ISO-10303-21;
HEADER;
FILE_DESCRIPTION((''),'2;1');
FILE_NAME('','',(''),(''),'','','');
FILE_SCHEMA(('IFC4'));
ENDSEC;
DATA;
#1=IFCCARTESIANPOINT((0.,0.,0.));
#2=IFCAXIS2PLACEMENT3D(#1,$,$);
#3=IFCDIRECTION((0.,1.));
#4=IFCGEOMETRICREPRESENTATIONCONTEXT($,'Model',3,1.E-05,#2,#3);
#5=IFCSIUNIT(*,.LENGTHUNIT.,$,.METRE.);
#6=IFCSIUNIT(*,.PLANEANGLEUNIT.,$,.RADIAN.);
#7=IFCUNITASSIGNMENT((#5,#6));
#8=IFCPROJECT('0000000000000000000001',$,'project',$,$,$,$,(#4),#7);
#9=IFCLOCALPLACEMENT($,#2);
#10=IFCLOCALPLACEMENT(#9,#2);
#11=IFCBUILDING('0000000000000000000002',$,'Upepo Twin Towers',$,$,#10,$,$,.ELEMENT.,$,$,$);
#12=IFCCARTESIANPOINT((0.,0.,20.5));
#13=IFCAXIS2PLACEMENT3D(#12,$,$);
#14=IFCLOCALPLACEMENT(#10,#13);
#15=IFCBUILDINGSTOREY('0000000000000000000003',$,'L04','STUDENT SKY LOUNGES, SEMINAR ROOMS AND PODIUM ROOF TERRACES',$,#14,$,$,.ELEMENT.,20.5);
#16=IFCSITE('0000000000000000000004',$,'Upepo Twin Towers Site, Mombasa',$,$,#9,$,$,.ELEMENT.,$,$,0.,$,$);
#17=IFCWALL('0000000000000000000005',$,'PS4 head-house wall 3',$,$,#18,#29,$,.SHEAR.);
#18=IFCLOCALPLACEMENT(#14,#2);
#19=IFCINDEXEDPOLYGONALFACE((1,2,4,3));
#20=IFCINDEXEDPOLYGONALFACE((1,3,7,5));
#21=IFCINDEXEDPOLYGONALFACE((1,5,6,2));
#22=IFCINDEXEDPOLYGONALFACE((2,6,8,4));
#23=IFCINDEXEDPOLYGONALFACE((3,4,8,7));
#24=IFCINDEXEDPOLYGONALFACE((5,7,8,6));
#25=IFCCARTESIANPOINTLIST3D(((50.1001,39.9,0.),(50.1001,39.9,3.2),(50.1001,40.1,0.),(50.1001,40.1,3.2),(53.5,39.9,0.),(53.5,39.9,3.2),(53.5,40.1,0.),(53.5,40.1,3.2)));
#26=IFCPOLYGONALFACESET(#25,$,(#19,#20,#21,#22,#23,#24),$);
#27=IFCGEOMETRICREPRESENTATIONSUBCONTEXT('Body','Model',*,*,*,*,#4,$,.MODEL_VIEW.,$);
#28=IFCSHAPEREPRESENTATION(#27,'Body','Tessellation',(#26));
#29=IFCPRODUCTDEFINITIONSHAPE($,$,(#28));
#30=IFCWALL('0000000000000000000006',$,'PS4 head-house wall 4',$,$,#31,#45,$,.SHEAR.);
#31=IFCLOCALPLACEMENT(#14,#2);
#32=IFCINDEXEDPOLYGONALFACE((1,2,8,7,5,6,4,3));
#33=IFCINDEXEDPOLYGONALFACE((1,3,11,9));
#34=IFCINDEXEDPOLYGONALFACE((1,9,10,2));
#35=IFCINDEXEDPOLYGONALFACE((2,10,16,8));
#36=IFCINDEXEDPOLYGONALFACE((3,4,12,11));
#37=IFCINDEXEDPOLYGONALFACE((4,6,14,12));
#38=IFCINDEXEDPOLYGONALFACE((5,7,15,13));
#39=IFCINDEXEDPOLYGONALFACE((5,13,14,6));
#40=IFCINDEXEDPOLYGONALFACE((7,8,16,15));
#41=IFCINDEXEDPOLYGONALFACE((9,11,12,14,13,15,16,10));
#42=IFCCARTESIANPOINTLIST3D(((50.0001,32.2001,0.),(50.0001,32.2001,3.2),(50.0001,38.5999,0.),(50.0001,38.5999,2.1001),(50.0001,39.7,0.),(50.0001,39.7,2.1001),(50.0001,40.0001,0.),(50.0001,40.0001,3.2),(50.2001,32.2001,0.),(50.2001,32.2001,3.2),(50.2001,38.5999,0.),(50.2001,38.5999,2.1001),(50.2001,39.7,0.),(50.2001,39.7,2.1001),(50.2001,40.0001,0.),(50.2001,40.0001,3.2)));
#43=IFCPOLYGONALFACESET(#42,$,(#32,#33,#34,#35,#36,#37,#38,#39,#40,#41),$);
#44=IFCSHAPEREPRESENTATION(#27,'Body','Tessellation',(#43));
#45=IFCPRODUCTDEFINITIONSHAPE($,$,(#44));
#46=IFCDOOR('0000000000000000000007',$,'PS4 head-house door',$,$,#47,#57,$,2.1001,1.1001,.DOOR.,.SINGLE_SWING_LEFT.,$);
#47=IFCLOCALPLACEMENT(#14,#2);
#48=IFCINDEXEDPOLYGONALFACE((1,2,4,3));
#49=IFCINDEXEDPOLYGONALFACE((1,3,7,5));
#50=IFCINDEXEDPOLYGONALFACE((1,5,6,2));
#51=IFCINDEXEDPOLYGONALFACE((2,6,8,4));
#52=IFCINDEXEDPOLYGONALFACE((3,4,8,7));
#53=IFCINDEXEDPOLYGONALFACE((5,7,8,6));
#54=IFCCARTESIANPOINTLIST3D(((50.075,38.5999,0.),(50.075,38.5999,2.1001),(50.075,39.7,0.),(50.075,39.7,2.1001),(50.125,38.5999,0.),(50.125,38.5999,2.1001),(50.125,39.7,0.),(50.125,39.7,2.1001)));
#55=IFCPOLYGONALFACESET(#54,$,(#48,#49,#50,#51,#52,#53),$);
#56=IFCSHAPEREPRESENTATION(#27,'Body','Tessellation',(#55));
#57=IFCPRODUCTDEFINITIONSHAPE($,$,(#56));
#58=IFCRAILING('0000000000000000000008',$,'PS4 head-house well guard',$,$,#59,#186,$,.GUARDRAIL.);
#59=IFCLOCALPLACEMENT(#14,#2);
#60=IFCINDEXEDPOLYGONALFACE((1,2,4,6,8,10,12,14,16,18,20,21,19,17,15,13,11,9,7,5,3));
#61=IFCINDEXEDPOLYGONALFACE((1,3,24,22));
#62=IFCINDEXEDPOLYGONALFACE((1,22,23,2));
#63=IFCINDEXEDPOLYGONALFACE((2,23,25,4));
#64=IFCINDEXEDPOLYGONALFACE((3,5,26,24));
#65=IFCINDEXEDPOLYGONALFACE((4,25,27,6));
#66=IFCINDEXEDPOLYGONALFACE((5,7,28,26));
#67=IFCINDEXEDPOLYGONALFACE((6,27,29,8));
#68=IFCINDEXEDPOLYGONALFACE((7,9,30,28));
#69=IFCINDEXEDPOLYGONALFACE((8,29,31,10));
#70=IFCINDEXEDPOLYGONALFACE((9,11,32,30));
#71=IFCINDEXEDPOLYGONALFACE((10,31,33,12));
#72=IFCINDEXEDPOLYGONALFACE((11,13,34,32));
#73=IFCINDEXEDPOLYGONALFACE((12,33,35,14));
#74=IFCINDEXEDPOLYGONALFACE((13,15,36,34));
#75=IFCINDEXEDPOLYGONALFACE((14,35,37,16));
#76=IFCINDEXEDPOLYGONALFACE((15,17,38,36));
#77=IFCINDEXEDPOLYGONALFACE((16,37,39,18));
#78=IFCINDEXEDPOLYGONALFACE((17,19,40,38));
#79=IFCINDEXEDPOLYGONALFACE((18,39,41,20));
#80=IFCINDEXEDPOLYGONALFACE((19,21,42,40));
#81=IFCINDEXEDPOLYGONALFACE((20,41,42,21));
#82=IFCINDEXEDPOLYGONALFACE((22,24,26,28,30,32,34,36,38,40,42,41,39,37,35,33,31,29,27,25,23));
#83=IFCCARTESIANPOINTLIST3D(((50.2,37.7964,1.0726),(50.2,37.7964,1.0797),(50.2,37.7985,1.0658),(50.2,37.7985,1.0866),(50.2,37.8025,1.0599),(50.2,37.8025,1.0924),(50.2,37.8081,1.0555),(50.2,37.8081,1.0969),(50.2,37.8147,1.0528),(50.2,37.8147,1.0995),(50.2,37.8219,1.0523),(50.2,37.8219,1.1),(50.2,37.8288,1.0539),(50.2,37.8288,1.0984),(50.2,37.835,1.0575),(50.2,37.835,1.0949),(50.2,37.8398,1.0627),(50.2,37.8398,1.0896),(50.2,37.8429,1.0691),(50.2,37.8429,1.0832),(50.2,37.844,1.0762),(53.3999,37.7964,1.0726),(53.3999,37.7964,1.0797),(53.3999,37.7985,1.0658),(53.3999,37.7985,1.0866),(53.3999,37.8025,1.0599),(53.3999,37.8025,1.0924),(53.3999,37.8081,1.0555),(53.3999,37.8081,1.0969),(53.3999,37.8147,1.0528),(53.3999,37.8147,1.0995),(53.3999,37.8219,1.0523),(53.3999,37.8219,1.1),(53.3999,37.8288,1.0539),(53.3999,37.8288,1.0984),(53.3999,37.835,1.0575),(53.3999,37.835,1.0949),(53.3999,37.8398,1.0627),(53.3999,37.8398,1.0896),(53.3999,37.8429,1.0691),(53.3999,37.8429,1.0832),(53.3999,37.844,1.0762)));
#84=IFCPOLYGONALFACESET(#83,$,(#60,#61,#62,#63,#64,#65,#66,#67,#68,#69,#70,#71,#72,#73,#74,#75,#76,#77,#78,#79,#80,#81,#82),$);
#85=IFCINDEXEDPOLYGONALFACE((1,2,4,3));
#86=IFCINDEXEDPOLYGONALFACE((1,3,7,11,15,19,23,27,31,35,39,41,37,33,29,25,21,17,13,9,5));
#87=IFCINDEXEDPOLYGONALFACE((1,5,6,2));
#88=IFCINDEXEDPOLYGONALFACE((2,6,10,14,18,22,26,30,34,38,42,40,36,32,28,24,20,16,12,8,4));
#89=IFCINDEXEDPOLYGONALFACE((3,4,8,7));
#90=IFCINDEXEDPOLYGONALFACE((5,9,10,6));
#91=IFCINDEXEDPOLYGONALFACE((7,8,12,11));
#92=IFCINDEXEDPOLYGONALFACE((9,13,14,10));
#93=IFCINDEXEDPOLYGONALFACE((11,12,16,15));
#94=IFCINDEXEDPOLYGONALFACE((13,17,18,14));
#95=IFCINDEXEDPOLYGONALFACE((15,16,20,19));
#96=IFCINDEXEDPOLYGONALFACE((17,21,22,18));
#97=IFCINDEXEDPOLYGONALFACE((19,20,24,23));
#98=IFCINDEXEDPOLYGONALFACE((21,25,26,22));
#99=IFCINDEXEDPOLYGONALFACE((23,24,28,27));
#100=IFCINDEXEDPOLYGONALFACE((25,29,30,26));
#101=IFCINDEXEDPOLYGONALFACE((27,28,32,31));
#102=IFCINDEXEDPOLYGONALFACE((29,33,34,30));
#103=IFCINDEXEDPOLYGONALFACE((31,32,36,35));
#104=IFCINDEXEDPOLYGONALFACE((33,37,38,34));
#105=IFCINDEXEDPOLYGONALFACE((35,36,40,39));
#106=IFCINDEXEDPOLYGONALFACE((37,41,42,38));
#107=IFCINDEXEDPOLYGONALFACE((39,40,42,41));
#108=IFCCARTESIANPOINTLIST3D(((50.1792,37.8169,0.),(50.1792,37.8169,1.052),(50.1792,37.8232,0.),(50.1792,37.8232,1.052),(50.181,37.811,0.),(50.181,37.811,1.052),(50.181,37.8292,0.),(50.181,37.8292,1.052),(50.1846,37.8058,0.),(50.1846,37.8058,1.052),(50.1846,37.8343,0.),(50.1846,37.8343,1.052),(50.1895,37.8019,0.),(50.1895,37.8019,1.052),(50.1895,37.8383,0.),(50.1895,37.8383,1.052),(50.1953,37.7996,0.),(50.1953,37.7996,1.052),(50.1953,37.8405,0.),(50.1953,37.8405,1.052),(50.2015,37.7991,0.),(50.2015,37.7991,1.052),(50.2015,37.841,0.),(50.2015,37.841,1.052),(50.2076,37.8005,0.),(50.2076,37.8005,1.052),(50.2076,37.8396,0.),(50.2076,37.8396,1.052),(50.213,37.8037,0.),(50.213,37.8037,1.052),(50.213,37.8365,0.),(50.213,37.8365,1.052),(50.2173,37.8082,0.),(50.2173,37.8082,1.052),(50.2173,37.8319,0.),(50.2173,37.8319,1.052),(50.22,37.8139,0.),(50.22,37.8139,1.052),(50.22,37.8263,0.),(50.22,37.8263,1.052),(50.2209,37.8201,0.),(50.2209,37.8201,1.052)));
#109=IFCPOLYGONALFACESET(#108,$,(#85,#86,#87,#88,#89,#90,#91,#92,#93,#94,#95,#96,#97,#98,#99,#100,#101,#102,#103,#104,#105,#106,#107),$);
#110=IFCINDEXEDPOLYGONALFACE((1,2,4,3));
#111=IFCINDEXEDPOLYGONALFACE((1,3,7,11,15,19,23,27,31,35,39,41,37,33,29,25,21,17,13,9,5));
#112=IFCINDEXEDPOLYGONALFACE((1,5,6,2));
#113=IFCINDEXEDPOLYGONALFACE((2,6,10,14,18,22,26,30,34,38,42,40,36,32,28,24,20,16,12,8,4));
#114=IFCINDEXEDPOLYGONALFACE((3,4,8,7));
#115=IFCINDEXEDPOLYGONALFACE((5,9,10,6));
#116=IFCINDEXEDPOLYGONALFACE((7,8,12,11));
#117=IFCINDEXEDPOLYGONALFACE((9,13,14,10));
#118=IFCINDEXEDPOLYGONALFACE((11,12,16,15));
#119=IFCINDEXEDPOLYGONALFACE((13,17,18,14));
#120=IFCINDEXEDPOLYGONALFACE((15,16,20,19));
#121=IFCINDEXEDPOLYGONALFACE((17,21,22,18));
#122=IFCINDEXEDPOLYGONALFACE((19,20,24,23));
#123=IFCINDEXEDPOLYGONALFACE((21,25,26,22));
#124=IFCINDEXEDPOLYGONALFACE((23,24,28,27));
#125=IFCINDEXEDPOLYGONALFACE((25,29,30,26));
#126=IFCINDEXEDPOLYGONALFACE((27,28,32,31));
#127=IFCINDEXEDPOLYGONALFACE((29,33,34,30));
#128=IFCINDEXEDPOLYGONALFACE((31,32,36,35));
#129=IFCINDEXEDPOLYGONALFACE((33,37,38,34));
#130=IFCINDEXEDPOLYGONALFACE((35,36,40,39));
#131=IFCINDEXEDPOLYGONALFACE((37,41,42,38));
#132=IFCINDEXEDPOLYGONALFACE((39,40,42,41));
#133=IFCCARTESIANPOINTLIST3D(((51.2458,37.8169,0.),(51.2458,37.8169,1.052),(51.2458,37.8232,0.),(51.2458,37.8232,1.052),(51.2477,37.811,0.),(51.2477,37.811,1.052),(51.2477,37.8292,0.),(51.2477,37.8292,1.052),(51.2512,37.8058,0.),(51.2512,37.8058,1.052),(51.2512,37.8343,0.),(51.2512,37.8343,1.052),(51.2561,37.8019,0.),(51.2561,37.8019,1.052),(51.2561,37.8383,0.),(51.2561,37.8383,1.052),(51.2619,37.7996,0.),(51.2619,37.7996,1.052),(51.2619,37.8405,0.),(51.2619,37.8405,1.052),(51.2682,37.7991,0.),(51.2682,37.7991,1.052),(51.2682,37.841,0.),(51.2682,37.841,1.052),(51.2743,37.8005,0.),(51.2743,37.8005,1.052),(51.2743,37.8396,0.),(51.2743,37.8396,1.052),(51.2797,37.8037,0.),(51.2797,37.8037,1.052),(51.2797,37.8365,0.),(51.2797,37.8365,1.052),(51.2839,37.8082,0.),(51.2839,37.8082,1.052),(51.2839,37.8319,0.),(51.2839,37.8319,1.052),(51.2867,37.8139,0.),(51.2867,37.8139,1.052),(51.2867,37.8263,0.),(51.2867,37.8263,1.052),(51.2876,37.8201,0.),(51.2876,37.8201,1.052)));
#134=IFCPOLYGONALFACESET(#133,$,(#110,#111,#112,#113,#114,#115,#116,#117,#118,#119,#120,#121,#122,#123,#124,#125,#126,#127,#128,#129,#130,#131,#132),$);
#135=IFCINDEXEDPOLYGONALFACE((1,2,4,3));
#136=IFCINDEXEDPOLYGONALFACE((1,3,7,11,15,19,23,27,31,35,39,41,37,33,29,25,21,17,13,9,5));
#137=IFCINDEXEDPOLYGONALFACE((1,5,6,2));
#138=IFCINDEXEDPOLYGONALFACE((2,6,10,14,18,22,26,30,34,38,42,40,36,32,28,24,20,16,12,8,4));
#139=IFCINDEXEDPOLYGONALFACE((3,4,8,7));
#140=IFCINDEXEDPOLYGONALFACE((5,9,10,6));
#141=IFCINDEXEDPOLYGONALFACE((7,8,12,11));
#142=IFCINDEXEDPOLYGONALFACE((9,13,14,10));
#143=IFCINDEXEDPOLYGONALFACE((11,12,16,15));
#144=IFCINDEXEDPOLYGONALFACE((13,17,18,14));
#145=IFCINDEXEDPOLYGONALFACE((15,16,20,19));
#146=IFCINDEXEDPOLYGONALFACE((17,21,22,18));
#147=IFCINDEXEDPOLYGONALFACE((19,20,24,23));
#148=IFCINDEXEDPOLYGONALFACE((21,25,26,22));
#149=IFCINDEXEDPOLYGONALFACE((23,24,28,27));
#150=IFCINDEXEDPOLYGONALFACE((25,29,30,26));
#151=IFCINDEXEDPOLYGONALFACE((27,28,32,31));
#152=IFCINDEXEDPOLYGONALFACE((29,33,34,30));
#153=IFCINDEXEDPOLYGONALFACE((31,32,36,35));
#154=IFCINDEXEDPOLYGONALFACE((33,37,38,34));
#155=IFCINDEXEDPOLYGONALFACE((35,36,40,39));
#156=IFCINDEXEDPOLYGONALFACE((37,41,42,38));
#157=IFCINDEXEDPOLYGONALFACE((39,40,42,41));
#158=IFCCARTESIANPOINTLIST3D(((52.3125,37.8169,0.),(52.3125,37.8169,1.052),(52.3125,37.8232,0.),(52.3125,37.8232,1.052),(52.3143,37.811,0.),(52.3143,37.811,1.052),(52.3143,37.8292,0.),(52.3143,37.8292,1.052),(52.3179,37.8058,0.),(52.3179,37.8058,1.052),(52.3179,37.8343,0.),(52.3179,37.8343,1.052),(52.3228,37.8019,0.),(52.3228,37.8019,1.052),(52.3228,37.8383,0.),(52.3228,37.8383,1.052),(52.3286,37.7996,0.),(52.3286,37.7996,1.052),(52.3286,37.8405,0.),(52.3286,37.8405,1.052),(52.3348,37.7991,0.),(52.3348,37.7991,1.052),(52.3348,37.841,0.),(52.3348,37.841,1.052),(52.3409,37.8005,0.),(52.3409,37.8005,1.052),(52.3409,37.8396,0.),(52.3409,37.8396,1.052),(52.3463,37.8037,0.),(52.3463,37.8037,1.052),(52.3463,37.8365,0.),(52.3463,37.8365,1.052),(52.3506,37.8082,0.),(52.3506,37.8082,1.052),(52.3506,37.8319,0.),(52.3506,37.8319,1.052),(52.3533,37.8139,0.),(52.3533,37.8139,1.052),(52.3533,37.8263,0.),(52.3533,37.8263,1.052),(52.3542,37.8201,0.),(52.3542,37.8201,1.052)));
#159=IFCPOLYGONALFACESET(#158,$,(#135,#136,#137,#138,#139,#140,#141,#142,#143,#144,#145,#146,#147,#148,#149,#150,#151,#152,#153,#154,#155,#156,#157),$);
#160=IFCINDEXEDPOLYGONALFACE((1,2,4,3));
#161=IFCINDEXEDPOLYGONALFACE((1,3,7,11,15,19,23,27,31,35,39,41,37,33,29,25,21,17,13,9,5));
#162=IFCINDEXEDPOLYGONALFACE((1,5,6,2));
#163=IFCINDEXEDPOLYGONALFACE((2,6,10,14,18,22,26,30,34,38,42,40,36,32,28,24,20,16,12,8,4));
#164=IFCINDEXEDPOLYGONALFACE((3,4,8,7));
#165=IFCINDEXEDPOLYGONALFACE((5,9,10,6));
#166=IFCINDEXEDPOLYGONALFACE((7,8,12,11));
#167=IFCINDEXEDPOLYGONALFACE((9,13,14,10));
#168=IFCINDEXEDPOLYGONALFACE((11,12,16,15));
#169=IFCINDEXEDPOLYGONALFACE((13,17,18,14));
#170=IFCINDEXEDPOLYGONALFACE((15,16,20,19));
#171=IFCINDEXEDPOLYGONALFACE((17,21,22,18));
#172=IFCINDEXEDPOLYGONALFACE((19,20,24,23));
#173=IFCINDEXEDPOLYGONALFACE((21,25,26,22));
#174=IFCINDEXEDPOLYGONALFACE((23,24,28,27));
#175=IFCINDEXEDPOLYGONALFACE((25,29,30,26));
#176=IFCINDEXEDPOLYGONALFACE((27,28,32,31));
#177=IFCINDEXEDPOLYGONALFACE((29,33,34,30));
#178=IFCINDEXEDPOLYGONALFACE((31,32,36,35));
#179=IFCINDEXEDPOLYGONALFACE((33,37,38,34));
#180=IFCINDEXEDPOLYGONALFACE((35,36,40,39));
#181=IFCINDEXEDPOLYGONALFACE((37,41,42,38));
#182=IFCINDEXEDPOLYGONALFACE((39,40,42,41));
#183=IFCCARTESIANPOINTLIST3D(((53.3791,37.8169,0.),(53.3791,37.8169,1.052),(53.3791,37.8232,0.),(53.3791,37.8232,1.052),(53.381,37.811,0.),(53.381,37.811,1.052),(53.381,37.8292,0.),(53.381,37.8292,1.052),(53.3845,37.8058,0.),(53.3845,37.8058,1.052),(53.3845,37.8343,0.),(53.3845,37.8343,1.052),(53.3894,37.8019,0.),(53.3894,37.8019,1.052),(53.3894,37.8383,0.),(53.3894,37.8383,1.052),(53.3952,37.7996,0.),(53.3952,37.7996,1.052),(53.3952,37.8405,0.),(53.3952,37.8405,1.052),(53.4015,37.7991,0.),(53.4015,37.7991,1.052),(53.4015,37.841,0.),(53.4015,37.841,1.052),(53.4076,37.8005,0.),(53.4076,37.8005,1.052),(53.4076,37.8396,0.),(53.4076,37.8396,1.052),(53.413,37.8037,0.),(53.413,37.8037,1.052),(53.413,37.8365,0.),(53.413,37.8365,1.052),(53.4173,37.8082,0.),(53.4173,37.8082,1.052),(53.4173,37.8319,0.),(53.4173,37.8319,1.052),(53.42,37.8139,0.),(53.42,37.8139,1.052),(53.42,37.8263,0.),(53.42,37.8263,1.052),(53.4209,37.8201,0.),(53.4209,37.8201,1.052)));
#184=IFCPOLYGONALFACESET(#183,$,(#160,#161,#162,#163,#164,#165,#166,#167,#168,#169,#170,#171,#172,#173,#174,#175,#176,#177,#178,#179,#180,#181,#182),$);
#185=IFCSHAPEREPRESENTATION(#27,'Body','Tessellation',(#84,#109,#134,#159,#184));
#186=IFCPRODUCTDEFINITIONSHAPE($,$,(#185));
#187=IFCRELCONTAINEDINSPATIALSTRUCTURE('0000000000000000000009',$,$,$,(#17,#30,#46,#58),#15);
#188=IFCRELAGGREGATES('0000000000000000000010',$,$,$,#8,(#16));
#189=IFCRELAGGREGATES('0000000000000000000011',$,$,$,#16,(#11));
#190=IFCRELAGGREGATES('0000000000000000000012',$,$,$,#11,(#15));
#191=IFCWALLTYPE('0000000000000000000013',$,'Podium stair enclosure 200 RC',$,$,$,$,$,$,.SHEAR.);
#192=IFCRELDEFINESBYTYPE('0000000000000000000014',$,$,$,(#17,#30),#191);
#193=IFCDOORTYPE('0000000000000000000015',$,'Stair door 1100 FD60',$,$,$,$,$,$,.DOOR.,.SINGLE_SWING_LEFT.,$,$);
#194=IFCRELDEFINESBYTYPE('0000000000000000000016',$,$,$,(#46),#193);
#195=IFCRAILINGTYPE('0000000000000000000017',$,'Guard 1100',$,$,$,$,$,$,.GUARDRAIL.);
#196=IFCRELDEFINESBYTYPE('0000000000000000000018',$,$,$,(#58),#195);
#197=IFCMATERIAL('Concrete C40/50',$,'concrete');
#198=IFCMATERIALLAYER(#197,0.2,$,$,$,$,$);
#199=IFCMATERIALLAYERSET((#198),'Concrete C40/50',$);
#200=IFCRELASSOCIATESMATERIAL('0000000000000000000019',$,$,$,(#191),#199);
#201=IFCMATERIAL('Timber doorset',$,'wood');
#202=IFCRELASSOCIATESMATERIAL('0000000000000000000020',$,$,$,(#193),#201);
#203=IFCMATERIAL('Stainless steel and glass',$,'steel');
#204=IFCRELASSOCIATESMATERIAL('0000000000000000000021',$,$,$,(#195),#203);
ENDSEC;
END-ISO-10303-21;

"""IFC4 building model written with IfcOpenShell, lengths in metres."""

from ifc_helpers import new_model, si_unit, direction, frame, frame_2d, origin, origin_2d, place, context, subcontext, project, spatial, rectangle, circle, extrude, material, layer, layer_set, type_object, element, fill, save


model = new_model("IFC4")

# Units and contexts
model_context = context("Model", 3, precision=1e-05, world=origin(), true_north=direction((0.0, 1.0)))
body_context = subcontext(model_context, "Body", "Model", "MODEL_VIEW")
ifc_project = project(units=[si_unit("LENGTHUNIT", "METRE"), si_unit("PLANEANGLEUNIT", "RADIAN")], contexts=[model_context])

# Site, building, storey
site_placement = place(None, origin())
site = spatial("IfcSite", under=ifc_project, at=site_placement, Name="Upepo Twin Towers Site, Mombasa", CompositionType="ELEMENT", RefElevation=0.0)
building_placement = place(site_placement, origin())
building = spatial("IfcBuilding", under=site, at=building_placement, Name="Upepo Twin Towers", CompositionType="ELEMENT")
storey_placement = place(building_placement, frame((0.0, 0.0, 20.5)))
storey = spatial("IfcBuildingStorey", under=building, at=storey_placement, Name="L04", Description="STUDENT SKY LOUNGES, SEMINAR ROOMS AND PODIUM ROOF TERRACES", CompositionType="ELEMENT", Elevation=20.5)

# Wall
ifc_material_1 = material(Name="Concrete C40/50", Category="concrete")
ifc_layer_1 = layer(ifc_material_1, 0.2)
ifc_layer_set_1 = layer_set([ifc_layer_1], Name="Concrete C40/50")
wall_type_1 = type_object("IfcWallType", Name="Podium stair enclosure 200 RC", PredefinedType="SHEAR", material=ifc_layer_set_1)
wall_1_placement = place(storey_placement, frame((53.5, 40.0, 0.0), z_axis=(0.0, 0.0, 1.0), x_axis=(-1.0, 0.0, 0.0)))
element("IfcWall", 1, at=wall_1_placement, inside=storey, type_object=wall_type_1, Name="PS4 head-house wall 3", PredefinedType="SHEAR", context=body_context, shape_type="SweptSolid", body=[
    extrude(rectangle(XDim=3.3999, YDim=0.2, at=frame_2d((1.7, 0.0))), origin(), (0.0, 0.0, 1.0), 3.2),
])

# Wall, opening, door
wall_2_placement = place(storey_placement, frame((50.1001, 40.0, 0.0), z_axis=(0.0, 0.0, 1.0), x_axis=(0.0, -1.0, 0.0)))
wall_2 = element("IfcWall", 2, at=wall_2_placement, inside=storey, type_object=wall_type_1, Name="PS4 head-house wall 4", PredefinedType="SHEAR", context=body_context, shape_type="SweptSolid", body=[
    extrude(rectangle(XDim=7.8, YDim=0.2, at=frame_2d((3.8999, 0.0))), origin(), (0.0, 0.0, 1.0), 3.2),
])
opening_1_placement = place(wall_2_placement, frame((0.3, 0.0, 0.0)))
opening_1 = element("IfcOpeningElement", 3, at=opening_1_placement, cuts=wall_2, PredefinedType="OPENING", context=body_context, shape_type="SweptSolid", body=[
    extrude(rectangle(XDim=1.1001, YDim=2.1001, at=frame_2d((0.55, 1.05))), frame((0.0, 0.1099, 0.0), z_axis=(0.0, -1.0, 0.0), x_axis=(1.0, 0.0, 0.0)), (0.0, 0.0, 1.0), 0.22),
])
ifc_material_2 = material(Name="Timber doorset", Category="wood")
door_type_1 = type_object("IfcDoorType", Name="Stair door 1100 FD60", OperationType="SINGLE_SWING_LEFT", PredefinedType="DOOR", material=ifc_material_2)
door_1_placement = place(opening_1_placement, origin())
door_1 = element("IfcDoor", 4, at=door_1_placement, inside=storey, type_object=door_type_1, Name="PS4 head-house door", OperationType="SINGLE_SWING_LEFT", OverallHeight=2.1001, OverallWidth=1.1001, PredefinedType="DOOR", context=body_context, shape_type="SweptSolid", body=[
    extrude(rectangle(XDim=1.1001, YDim=2.1001, at=frame_2d((0.55, 1.05))), frame((0.0, 0.0249, 0.0), z_axis=(0.0, -1.0, 0.0), x_axis=(1.0, 0.0, 0.0)), (0.0, 0.0, 1.0), 0.05),
])
fill(opening_1, door_1)

# Railing
ifc_material_3 = material(Name="Stainless steel and glass", Category="steel")
railing_type = type_object("IfcRailingType", Name="Guard 1100", PredefinedType="GUARDRAIL", material=ifc_material_3)
railing_placement = place(storey_placement, frame((50.2, 37.8201, 0.0)))
element("IfcRailing", 5, at=railing_placement, inside=storey, type_object=railing_type, Name="PS4 head-house well guard", PredefinedType="GUARDRAIL", context=body_context, shape_type="SweptSolid", body=[
    extrude(circle(Radius=0.0239, at=origin_2d()), frame((0.0, 0.0, 1.0762), z_axis=(1.0, 0.0, 0.0), x_axis=(0.0, 1.0, 0.0)), (0.0, 0.0, 1.0), 3.2),
    extrude(circle(Radius=0.021, at=origin_2d()), origin(), (0.0, 0.0, 1.0), 1.052),
    extrude(circle(Radius=0.021, at=origin_2d()), frame((1.0667, 0.0, 0.0)), (0.0, 0.0, 1.0), 1.052),
    extrude(circle(Radius=0.021, at=origin_2d()), frame((2.1333, 0.0, 0.0)), (0.0, 0.0, 1.0), 1.052),
    extrude(circle(Radius=0.021, at=origin_2d()), frame((3.2, 0.0, 0.0)), (0.0, 0.0, 1.0), 1.052),
])

save(model, "model.ifc")
